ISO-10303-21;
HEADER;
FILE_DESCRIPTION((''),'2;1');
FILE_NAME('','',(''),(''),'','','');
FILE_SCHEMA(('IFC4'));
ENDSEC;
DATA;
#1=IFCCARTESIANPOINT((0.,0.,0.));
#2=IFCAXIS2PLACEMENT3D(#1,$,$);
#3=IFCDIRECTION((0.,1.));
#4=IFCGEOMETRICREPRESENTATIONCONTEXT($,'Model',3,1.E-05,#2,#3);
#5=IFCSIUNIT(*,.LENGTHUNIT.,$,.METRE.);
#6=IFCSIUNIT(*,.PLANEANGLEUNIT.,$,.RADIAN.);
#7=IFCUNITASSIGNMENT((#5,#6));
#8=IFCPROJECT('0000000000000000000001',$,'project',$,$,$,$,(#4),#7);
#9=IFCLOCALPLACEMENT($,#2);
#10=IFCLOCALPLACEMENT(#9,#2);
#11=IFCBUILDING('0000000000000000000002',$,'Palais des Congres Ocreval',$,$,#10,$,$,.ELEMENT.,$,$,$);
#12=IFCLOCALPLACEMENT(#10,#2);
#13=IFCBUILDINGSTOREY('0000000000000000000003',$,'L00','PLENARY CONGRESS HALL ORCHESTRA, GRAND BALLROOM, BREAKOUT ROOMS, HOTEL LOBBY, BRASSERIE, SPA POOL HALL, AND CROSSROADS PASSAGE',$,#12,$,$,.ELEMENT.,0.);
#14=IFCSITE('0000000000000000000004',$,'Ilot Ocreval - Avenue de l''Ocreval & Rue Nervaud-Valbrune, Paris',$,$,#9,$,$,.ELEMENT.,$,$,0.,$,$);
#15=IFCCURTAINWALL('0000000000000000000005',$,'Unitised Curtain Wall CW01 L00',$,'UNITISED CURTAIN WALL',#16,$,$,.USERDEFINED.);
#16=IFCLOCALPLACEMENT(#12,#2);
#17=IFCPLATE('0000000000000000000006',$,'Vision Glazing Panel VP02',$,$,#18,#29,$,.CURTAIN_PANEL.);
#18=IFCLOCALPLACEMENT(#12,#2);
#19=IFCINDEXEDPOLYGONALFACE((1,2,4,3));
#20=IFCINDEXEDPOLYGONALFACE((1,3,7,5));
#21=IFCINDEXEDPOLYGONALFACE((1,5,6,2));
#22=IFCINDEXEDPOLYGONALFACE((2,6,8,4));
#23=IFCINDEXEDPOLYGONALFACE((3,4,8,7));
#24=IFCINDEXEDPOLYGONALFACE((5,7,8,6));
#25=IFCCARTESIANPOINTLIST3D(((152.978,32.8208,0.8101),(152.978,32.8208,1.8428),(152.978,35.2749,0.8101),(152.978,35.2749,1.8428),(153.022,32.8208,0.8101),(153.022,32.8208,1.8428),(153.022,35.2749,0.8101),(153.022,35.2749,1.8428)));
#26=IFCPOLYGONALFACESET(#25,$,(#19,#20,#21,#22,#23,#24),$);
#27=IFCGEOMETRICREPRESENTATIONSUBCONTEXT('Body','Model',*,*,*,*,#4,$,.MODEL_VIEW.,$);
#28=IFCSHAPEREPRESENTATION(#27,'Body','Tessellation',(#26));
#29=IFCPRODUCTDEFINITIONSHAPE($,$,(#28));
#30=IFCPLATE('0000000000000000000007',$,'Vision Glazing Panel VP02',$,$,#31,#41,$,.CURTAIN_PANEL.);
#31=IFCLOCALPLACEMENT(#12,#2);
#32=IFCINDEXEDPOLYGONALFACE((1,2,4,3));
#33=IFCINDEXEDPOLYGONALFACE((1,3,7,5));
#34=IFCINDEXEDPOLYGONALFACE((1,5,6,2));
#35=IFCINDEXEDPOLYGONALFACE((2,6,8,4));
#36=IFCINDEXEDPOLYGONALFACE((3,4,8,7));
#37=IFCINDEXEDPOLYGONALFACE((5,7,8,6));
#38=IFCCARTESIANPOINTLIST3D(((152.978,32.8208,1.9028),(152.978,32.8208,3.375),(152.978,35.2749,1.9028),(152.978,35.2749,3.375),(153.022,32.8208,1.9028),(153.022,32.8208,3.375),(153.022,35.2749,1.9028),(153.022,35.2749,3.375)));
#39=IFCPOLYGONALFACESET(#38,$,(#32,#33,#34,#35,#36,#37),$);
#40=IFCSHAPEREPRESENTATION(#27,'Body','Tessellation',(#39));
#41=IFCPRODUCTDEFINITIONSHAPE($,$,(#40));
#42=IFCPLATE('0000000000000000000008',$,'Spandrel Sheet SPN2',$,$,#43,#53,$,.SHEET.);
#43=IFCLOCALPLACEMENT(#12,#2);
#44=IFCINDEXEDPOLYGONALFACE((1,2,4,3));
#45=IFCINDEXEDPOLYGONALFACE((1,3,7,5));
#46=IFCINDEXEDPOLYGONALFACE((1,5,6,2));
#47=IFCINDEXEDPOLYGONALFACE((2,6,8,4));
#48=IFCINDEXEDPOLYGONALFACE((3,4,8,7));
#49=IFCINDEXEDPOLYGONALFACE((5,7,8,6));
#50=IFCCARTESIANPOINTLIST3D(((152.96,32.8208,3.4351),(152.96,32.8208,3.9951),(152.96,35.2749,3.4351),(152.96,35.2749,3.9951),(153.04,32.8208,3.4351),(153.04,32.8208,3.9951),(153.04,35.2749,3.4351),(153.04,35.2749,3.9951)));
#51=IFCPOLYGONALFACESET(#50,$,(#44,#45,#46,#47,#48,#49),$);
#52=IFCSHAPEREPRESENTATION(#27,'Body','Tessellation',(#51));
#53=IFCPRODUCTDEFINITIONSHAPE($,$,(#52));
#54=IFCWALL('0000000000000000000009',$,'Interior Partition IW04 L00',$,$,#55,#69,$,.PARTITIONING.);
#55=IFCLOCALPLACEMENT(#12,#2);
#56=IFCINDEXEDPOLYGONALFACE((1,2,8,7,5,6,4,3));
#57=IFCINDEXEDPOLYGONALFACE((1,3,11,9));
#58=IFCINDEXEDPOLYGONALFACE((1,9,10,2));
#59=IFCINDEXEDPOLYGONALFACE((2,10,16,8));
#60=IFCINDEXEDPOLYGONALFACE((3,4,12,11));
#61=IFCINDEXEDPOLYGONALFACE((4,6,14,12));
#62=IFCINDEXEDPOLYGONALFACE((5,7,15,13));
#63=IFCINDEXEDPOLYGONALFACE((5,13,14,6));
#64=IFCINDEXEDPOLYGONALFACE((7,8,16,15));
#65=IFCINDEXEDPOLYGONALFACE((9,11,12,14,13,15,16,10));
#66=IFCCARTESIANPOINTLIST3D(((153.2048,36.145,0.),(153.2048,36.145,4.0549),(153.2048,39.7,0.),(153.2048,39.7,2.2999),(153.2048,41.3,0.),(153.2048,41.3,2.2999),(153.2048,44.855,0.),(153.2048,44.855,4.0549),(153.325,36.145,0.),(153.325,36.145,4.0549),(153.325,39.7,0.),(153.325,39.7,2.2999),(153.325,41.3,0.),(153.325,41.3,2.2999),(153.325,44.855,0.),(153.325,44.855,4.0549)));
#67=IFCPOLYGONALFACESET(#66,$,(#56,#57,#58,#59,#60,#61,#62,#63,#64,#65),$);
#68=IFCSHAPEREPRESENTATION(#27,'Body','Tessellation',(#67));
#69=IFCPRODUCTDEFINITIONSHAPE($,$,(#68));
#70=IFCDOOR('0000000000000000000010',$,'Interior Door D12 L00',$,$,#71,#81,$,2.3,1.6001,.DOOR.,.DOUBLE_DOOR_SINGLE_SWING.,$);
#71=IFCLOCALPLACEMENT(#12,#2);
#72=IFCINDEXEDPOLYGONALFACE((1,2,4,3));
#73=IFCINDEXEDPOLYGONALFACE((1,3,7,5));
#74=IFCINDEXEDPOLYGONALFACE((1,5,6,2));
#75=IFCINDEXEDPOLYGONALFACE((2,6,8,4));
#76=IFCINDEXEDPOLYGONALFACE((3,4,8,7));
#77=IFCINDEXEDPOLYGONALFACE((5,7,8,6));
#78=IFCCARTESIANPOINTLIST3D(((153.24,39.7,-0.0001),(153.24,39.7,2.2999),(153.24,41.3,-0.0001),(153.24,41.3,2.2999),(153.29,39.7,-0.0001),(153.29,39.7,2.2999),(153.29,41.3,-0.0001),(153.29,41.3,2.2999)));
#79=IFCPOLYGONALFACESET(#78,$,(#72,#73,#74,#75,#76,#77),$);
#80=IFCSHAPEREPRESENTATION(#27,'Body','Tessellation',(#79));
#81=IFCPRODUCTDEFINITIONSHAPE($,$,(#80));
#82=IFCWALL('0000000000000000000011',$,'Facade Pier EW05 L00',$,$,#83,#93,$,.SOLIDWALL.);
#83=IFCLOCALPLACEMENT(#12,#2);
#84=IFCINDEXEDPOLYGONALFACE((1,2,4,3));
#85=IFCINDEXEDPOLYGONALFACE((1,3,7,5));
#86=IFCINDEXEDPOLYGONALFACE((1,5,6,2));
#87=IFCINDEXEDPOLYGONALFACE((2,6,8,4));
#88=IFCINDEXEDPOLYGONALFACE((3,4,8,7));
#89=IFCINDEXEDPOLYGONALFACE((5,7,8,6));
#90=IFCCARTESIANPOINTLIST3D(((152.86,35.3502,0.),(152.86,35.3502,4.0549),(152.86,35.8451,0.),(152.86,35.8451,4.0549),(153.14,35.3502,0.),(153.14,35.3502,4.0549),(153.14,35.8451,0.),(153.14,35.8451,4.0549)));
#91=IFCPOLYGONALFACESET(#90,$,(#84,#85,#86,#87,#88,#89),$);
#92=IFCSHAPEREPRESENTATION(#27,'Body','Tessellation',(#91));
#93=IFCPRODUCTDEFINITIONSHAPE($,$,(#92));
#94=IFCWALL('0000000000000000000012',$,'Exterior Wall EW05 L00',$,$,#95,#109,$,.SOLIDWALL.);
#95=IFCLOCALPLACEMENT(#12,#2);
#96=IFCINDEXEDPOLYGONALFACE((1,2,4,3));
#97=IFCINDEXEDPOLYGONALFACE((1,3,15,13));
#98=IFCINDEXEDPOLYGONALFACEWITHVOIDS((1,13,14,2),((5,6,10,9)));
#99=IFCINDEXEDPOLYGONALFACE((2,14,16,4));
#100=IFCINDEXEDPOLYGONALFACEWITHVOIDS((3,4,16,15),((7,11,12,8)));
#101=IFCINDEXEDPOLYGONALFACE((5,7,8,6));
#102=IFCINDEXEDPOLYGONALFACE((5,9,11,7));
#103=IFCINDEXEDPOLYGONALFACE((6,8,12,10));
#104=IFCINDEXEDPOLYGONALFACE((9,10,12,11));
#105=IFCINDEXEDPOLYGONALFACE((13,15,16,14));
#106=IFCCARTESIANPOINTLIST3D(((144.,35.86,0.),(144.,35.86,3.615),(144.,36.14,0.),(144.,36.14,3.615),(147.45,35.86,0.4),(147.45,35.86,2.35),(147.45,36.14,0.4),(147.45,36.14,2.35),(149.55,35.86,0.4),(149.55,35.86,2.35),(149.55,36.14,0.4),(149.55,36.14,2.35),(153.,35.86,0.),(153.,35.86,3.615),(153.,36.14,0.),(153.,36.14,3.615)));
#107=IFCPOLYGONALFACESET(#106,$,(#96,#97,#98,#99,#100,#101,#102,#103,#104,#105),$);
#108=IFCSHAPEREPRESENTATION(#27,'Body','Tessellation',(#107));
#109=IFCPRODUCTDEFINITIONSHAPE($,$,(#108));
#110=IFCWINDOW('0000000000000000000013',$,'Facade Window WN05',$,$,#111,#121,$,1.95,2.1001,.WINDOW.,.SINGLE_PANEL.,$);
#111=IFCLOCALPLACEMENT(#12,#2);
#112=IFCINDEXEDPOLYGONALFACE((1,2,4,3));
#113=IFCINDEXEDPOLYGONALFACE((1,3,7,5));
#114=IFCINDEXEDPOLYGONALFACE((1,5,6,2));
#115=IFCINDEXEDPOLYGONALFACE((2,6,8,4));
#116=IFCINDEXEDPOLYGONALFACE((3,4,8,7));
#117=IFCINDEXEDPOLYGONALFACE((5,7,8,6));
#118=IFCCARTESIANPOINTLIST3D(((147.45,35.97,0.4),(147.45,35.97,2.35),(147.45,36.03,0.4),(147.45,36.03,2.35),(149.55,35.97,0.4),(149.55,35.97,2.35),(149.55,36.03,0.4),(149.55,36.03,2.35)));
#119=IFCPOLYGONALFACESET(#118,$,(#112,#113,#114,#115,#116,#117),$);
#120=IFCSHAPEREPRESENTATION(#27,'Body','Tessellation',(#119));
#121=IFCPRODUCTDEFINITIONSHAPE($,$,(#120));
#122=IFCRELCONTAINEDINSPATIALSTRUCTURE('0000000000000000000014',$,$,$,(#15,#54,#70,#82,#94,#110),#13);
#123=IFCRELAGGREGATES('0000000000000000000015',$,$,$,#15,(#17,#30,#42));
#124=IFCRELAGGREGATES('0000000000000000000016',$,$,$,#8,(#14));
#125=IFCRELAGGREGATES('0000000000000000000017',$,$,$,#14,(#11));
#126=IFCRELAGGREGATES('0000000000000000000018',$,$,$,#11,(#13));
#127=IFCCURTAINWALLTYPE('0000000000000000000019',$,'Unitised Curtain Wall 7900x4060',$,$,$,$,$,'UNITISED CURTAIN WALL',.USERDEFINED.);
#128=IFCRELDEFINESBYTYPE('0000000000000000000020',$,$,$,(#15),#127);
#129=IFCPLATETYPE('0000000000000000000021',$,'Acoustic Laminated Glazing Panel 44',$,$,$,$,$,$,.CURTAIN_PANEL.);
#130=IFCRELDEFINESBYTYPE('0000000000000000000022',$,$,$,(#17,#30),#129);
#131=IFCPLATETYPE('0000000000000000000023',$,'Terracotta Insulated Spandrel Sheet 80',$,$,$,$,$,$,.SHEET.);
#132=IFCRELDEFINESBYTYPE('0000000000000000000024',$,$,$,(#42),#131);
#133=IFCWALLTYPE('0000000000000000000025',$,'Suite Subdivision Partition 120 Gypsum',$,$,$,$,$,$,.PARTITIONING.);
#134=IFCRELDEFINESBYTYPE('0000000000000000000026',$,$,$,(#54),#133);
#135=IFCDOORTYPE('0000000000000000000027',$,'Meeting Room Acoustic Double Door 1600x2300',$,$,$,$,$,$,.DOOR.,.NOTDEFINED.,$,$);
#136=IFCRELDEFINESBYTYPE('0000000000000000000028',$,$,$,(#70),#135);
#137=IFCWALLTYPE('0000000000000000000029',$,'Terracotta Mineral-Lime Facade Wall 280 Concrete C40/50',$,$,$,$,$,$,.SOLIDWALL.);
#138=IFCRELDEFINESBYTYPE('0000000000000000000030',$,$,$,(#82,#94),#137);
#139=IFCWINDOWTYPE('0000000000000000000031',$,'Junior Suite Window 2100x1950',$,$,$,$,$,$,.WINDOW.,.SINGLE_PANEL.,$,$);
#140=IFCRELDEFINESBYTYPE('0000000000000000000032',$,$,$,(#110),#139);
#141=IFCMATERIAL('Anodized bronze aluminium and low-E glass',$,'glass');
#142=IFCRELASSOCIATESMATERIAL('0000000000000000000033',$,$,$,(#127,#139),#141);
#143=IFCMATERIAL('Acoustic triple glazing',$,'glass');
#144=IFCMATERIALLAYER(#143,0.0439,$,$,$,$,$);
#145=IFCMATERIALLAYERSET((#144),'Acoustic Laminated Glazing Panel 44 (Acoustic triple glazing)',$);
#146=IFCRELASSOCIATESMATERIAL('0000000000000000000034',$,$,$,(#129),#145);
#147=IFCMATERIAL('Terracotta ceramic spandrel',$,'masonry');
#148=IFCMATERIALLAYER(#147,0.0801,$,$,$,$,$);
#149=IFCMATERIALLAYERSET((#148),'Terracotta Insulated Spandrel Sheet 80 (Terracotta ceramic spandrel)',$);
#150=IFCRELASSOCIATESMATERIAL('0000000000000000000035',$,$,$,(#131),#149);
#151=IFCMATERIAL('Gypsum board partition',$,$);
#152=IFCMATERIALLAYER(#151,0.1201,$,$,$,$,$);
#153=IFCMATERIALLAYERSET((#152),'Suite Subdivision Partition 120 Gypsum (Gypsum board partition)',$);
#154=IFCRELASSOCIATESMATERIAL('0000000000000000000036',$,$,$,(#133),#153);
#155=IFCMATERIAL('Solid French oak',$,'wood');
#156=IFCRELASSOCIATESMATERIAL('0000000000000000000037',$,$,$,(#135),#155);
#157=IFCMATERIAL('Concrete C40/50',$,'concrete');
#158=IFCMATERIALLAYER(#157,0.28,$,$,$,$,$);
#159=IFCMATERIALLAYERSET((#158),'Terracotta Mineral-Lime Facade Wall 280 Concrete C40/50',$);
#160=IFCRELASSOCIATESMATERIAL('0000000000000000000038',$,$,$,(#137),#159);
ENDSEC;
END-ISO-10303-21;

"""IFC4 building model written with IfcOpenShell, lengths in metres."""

from ifc_helpers import new_model, si_unit, direction, frame, frame_2d, origin, origin_2d, place, context, subcontext, project, spatial, rectangle, extrude, material, layer, layer_set, type_object, element, fill, aggregate, save


model = new_model("IFC4")

# Units and contexts
model_context = context("Model", 3, precision=1e-05, world=origin(), true_north=direction((0.0, 1.0)))
body_context = subcontext(model_context, "Body", "Model", "MODEL_VIEW")
ifc_project = project(units=[si_unit("LENGTHUNIT", "METRE"), si_unit("PLANEANGLEUNIT", "RADIAN")], contexts=[model_context])

# Site, building, storey
site_placement = place(None, origin())
site = spatial("IfcSite", under=ifc_project, at=site_placement, Name="Ilot Ocreval - Avenue de l'Ocreval & Rue Nervaud-Valbrune, Paris", CompositionType="ELEMENT", RefElevation=0.0)
building_placement = place(site_placement, origin())
building = spatial("IfcBuilding", under=site, at=building_placement, Name="Palais des Congres Ocreval", CompositionType="ELEMENT")
storey_placement = place(building_placement, origin())
storey = spatial("IfcBuildingStorey", under=building, at=storey_placement, Name="L00", Description="PLENARY CONGRESS HALL ORCHESTRA, GRAND BALLROOM, BREAKOUT ROOMS, HOTEL LOBBY, BRASSERIE, SPA POOL HALL, AND CROSSROADS PASSAGE", CompositionType="ELEMENT", Elevation=0.0)

# Curtain wall
ifc_material_1 = material(Name="Anodized bronze aluminium and low-E glass", Category="glass")
curtain_wall_type = type_object("IfcCurtainWallType", Name="Unitised Curtain Wall 7900x4060", ElementType="UNITISED CURTAIN WALL", PredefinedType="USERDEFINED", material=ifc_material_1)
curtain_wall_1_placement = place(storey_placement, origin())
curtain_wall_1 = element("IfcCurtainWall", 1, at=curtain_wall_1_placement, inside=storey, type_object=curtain_wall_type, Name="Unitised Curtain Wall CW01 L00", ObjectType="UNITISED CURTAIN WALL", PredefinedType="USERDEFINED")

# Plates
ifc_material_2 = material(Name="Acoustic triple glazing", Category="glass")
ifc_layer_1 = layer(ifc_material_2, 0.0439)
ifc_layer_set_1 = layer_set([ifc_layer_1], Name="Acoustic Laminated Glazing Panel 44 (Acoustic triple glazing)")
plate_type_1 = type_object("IfcPlateType", Name="Acoustic Laminated Glazing Panel 44", PredefinedType="CURTAIN_PANEL", material=ifc_layer_set_1)
plate_1_placement = place(storey_placement, frame((153.0, 34.0479, 0.8101), z_axis=(0.0, 0.0, 1.0), x_axis=(0.0, 1.0, 0.0)))
plate_1 = element("IfcPlate", 2, at=plate_1_placement, type_object=plate_type_1, Name="Vision Glazing Panel VP02", PredefinedType="CURTAIN_PANEL", context=body_context, shape_type="SweptSolid", body=[
    extrude(rectangle(XDim=2.4541, YDim=0.0439, at=origin_2d()), origin(), (0.0, 0.0, 1.0), 1.0327),
])
plate_2_placement = place(storey_placement, frame((153.0, 34.0479, 1.9028), z_axis=(0.0, 0.0, 1.0), x_axis=(0.0, 1.0, 0.0)))
plate_2 = element("IfcPlate", 3, at=plate_2_placement, type_object=plate_type_1, Name="Vision Glazing Panel VP02", PredefinedType="CURTAIN_PANEL", context=body_context, shape_type="SweptSolid", body=[
    extrude(rectangle(XDim=2.4541, YDim=0.0439, at=origin_2d()), origin(), (0.0, 0.0, 1.0), 1.4722),
])
ifc_material_3 = material(Name="Terracotta ceramic spandrel", Category="masonry")
ifc_layer_2 = layer(ifc_material_3, 0.0801)
ifc_layer_set_2 = layer_set([ifc_layer_2], Name="Terracotta Insulated Spandrel Sheet 80 (Terracotta ceramic spandrel)")
plate_type_2 = type_object("IfcPlateType", Name="Terracotta Insulated Spandrel Sheet 80", PredefinedType="SHEET", material=ifc_layer_set_2)
plate_3_placement = place(storey_placement, frame((153.0, 34.0479, 3.4351), z_axis=(0.0, 0.0, 1.0), x_axis=(0.0, 1.0, 0.0)))
plate_3 = element("IfcPlate", 4, at=plate_3_placement, type_object=plate_type_2, Name="Spandrel Sheet SPN2", PredefinedType="SHEET", context=body_context, shape_type="SweptSolid", body=[
    extrude(rectangle(XDim=2.4541, YDim=0.0801, at=origin_2d()), origin(), (0.0, 0.0, 1.0), 0.5601),
])
aggregate(curtain_wall_1, [plate_1, plate_2, plate_3])

# Wall, opening, door
ifc_material_4 = material(Name="Gypsum board partition")
ifc_layer_3 = layer(ifc_material_4, 0.1201)
ifc_layer_set_3 = layer_set([ifc_layer_3], Name="Suite Subdivision Partition 120 Gypsum (Gypsum board partition)")
wall_type_1 = type_object("IfcWallType", Name="Suite Subdivision Partition 120 Gypsum", PredefinedType="PARTITIONING", material=ifc_layer_set_3)
wall_1_placement = place(storey_placement, frame((153.2649, 36.145, 0.0), z_axis=(0.0, 0.0, 1.0), x_axis=(0.0, 1.0, 0.0)))
wall_1 = element("IfcWall", 5, at=wall_1_placement, inside=storey, type_object=wall_type_1, Name="Interior Partition IW04 L00", PredefinedType="PARTITIONING", context=body_context, shape_type="SweptSolid", body=[
    extrude(rectangle(XDim=8.71, YDim=0.1201, at=frame_2d((4.355, 0.0))), origin(), (0.0, 0.0, 1.0), 4.0549),
])
opening_1_placement = place(wall_1_placement, frame((3.5549, 0.0, 0.0)))
opening_1 = element("IfcOpeningElement", 6, at=opening_1_placement, cuts=wall_1, PredefinedType="OPENING", context=body_context, shape_type="SweptSolid", body=[
    extrude(rectangle(XDim=1.6001, YDim=2.3, at=frame_2d((0.8, 1.1499))), frame((0.0, 0.0701, 0.0), z_axis=(0.0, -1.0, 0.0), x_axis=(1.0, 0.0, 0.0)), (0.0, 0.0, 1.0), 0.1401),
])
ifc_material_5 = material(Name="Solid French oak", Category="wood")
door_type = type_object("IfcDoorType", Name="Meeting Room Acoustic Double Door 1600x2300", OperationType="NOTDEFINED", PredefinedType="DOOR", material=ifc_material_5)
door_placement = place(opening_1_placement, origin())
door = element("IfcDoor", 7, at=door_placement, inside=storey, type_object=door_type, Name="Interior Door D12 L00", OperationType="DOUBLE_DOOR_SINGLE_SWING", OverallHeight=2.3, OverallWidth=1.6001, PredefinedType="DOOR", context=body_context, shape_type="SweptSolid", body=[
    extrude(rectangle(XDim=1.6001, YDim=2.3, at=frame_2d((0.8, 1.1499))), frame((0.0, 0.0249, 0.0), z_axis=(0.0, -1.0, 0.0), x_axis=(1.0, 0.0, 0.0)), (0.0, 0.0, 1.0), 0.05),
])
fill(opening_1, door)

# Wall
ifc_material_6 = material(Name="Concrete C40/50", Category="concrete")
ifc_layer_4 = layer(ifc_material_6, 0.28)
ifc_layer_set_4 = layer_set([ifc_layer_4], Name="Terracotta Mineral-Lime Facade Wall 280 Concrete C40/50")
wall_type_2 = type_object("IfcWallType", Name="Terracotta Mineral-Lime Facade Wall 280 Concrete C40/50", PredefinedType="SOLIDWALL", material=ifc_layer_set_4)
wall_2_placement = place(storey_placement, frame((153.0, 35.3501, 0.0), z_axis=(0.0, 0.0, 1.0), x_axis=(0.0, 1.0, 0.0)))
element("IfcWall", 8, at=wall_2_placement, inside=storey, type_object=wall_type_2, Name="Facade Pier EW05 L00", PredefinedType="SOLIDWALL", context=body_context, shape_type="SweptSolid", body=[
    extrude(rectangle(XDim=0.4949, YDim=0.28, at=frame_2d((0.2476, 0.0))), origin(), (0.0, 0.0, 1.0), 4.0549),
])

# Wall, opening, window
wall_3_placement = place(storey_placement, frame((153.0, 36.0, 0.0), z_axis=(0.0, 0.0, 1.0), x_axis=(-1.0, 0.0, 0.0)))
wall_3 = element("IfcWall", 9, at=wall_3_placement, inside=storey, type_object=wall_type_2, Name="Exterior Wall EW05 L00", PredefinedType="SOLIDWALL", context=body_context, shape_type="SweptSolid", body=[
    extrude(rectangle(XDim=9.0, YDim=0.28, at=frame_2d((4.5, 0.0))), origin(), (0.0, 0.0, 1.0), 3.615),
])
opening_2_placement = place(wall_3_placement, frame((3.45, 0.0, 0.3999)))
opening_2 = element("IfcOpeningElement", 10, at=opening_2_placement, cuts=wall_3, PredefinedType="OPENING", context=body_context, shape_type="SweptSolid", body=[
    extrude(rectangle(XDim=2.1001, YDim=1.95, at=frame_2d((1.05, 0.9751))), frame((0.0, 0.1499, 0.0), z_axis=(0.0, -1.0, 0.0), x_axis=(1.0, 0.0, 0.0)), (0.0, 0.0, 1.0), 0.3),
])
window_type = type_object("IfcWindowType", Name="Junior Suite Window 2100x1950", PartitioningType="SINGLE_PANEL", PredefinedType="WINDOW", material=ifc_material_1)
window_placement = place(opening_2_placement, origin())
window = element("IfcWindow", 11, at=window_placement, inside=storey, type_object=window_type, Name="Facade Window WN05", OverallHeight=1.95, OverallWidth=2.1001, PartitioningType="SINGLE_PANEL", PredefinedType="WINDOW", context=body_context, shape_type="SweptSolid", body=[
    extrude(rectangle(XDim=2.1001, YDim=1.95, at=frame_2d((1.05, 0.9751))), frame((0.0, 0.03, 0.0), z_axis=(0.0, -1.0, 0.0), x_axis=(1.0, 0.0, 0.0)), (0.0, 0.0, 1.0), 0.0601),
])
fill(opening_2, window)

save(model, "model.ifc")
